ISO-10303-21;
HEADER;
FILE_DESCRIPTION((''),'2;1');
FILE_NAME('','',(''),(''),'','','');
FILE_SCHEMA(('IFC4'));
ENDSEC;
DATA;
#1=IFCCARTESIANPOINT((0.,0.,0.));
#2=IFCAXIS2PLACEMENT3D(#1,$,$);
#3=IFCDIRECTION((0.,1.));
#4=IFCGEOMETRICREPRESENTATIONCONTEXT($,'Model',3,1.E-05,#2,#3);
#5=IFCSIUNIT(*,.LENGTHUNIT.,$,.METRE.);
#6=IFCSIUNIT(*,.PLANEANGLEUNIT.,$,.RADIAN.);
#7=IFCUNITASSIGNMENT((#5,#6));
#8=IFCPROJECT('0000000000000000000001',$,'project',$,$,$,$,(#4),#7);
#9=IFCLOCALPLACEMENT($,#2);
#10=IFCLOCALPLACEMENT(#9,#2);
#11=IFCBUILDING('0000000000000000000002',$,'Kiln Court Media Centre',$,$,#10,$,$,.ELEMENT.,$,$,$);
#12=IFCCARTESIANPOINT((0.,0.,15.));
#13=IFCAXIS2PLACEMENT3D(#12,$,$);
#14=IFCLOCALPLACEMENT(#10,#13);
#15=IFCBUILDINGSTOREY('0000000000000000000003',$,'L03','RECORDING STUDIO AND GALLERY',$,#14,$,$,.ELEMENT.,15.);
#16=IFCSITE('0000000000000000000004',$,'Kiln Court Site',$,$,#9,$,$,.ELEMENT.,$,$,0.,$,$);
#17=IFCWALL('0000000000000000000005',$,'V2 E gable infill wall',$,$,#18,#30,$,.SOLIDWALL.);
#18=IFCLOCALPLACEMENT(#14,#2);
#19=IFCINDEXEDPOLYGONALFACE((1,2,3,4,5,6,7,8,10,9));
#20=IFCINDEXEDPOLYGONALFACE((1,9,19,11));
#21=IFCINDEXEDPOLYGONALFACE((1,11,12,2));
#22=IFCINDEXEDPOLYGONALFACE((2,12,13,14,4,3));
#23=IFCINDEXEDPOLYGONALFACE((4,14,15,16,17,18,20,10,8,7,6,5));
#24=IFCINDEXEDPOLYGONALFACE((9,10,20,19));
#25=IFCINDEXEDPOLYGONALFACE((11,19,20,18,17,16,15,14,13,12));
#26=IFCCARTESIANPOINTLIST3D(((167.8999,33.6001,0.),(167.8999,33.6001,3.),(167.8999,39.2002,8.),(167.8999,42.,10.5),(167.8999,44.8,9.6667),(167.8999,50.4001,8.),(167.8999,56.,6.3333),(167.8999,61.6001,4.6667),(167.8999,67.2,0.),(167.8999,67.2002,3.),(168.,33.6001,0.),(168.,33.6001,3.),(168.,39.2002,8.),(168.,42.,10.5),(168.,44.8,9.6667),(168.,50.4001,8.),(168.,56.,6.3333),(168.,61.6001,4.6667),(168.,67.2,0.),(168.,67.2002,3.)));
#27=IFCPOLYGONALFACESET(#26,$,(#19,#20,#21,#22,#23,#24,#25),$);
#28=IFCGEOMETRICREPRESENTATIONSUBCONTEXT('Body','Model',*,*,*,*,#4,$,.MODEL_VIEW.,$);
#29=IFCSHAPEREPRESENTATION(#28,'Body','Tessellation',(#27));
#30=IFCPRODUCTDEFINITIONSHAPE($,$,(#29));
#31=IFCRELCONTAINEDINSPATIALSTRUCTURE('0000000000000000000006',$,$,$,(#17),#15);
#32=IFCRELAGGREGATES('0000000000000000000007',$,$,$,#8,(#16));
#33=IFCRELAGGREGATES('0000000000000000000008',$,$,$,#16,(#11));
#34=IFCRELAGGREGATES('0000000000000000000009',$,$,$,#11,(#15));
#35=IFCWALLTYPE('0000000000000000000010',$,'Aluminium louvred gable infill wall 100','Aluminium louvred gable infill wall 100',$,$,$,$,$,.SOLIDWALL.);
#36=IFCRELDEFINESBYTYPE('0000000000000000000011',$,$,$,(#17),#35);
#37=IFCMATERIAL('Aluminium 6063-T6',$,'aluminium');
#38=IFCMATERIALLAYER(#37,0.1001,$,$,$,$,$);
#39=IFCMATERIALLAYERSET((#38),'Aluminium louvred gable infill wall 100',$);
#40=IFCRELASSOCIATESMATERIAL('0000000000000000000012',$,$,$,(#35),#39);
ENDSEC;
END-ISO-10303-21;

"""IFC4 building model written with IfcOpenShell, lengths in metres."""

from ifc_helpers import new_model, si_unit, direction, frame, origin, place, context, subcontext, project, spatial, polyline, outline, extrude, material, layer, layer_set, type_object, element, save


model = new_model("IFC4")

# Units and contexts
model_context = context("Model", 3, precision=1e-05, world=origin(), true_north=direction((0.0, 1.0)))
body_context = subcontext(model_context, "Body", "Model", "MODEL_VIEW")
ifc_project = project(units=[si_unit("LENGTHUNIT", "METRE"), si_unit("PLANEANGLEUNIT", "RADIAN")], contexts=[model_context])

# Site, building, storey
site_placement = place(None, origin())
site = spatial("IfcSite", under=ifc_project, at=site_placement, Name="Kiln Court Site", CompositionType="ELEMENT", RefElevation=0.0)
building_placement = place(site_placement, origin())
building = spatial("IfcBuilding", under=site, at=building_placement, Name="Kiln Court Media Centre", CompositionType="ELEMENT")
storey_placement = place(building_placement, frame((0.0, 0.0, 15.0)))
storey = spatial("IfcBuildingStorey", under=building, at=storey_placement, Name="L03", Description="RECORDING STUDIO AND GALLERY", CompositionType="ELEMENT", Elevation=15.0)

# Wall
ifc_material_1 = material(Name="Aluminium 6063-T6", Category="aluminium")
ifc_layer_1 = layer(ifc_material_1, 0.1001)
ifc_layer_set_1 = layer_set([ifc_layer_1], Name="Aluminium louvred gable infill wall 100")
wall_type = type_object("IfcWallType", Name="Aluminium louvred gable infill wall 100", Description="Aluminium louvred gable infill wall 100", PredefinedType="SOLIDWALL", material=ifc_layer_set_1)
wall_placement = place(storey_placement, frame((167.95, 33.6001, 0.0), z_axis=(0.0, 0.0, 1.0), x_axis=(0.0, 1.0, 0.0)))
element("IfcWall", 1, at=wall_placement, inside=storey, type_object=wall_type, Name="V2 E gable infill wall", PredefinedType="SOLIDWALL", context=body_context, shape_type="SweptSolid", body=[
    extrude(outline(polyline([(0.0, 0.0), (33.5999, 0.0), (33.6001, 3.0), (28.0, 4.6667), (22.3999, 6.3333), (16.8, 8.0), (11.2, 9.6667), (8.3999, 10.5), (5.6001, 8.0), (0.0, 3.0), (0.0, 0.0)])), frame((0.0, 0.05, 0.0), z_axis=(0.0, -1.0, 0.0), x_axis=(1.0, 0.0, 0.0)), (0.0, 0.0, 1.0), 0.1001),
])

save(model, "model.ifc")
